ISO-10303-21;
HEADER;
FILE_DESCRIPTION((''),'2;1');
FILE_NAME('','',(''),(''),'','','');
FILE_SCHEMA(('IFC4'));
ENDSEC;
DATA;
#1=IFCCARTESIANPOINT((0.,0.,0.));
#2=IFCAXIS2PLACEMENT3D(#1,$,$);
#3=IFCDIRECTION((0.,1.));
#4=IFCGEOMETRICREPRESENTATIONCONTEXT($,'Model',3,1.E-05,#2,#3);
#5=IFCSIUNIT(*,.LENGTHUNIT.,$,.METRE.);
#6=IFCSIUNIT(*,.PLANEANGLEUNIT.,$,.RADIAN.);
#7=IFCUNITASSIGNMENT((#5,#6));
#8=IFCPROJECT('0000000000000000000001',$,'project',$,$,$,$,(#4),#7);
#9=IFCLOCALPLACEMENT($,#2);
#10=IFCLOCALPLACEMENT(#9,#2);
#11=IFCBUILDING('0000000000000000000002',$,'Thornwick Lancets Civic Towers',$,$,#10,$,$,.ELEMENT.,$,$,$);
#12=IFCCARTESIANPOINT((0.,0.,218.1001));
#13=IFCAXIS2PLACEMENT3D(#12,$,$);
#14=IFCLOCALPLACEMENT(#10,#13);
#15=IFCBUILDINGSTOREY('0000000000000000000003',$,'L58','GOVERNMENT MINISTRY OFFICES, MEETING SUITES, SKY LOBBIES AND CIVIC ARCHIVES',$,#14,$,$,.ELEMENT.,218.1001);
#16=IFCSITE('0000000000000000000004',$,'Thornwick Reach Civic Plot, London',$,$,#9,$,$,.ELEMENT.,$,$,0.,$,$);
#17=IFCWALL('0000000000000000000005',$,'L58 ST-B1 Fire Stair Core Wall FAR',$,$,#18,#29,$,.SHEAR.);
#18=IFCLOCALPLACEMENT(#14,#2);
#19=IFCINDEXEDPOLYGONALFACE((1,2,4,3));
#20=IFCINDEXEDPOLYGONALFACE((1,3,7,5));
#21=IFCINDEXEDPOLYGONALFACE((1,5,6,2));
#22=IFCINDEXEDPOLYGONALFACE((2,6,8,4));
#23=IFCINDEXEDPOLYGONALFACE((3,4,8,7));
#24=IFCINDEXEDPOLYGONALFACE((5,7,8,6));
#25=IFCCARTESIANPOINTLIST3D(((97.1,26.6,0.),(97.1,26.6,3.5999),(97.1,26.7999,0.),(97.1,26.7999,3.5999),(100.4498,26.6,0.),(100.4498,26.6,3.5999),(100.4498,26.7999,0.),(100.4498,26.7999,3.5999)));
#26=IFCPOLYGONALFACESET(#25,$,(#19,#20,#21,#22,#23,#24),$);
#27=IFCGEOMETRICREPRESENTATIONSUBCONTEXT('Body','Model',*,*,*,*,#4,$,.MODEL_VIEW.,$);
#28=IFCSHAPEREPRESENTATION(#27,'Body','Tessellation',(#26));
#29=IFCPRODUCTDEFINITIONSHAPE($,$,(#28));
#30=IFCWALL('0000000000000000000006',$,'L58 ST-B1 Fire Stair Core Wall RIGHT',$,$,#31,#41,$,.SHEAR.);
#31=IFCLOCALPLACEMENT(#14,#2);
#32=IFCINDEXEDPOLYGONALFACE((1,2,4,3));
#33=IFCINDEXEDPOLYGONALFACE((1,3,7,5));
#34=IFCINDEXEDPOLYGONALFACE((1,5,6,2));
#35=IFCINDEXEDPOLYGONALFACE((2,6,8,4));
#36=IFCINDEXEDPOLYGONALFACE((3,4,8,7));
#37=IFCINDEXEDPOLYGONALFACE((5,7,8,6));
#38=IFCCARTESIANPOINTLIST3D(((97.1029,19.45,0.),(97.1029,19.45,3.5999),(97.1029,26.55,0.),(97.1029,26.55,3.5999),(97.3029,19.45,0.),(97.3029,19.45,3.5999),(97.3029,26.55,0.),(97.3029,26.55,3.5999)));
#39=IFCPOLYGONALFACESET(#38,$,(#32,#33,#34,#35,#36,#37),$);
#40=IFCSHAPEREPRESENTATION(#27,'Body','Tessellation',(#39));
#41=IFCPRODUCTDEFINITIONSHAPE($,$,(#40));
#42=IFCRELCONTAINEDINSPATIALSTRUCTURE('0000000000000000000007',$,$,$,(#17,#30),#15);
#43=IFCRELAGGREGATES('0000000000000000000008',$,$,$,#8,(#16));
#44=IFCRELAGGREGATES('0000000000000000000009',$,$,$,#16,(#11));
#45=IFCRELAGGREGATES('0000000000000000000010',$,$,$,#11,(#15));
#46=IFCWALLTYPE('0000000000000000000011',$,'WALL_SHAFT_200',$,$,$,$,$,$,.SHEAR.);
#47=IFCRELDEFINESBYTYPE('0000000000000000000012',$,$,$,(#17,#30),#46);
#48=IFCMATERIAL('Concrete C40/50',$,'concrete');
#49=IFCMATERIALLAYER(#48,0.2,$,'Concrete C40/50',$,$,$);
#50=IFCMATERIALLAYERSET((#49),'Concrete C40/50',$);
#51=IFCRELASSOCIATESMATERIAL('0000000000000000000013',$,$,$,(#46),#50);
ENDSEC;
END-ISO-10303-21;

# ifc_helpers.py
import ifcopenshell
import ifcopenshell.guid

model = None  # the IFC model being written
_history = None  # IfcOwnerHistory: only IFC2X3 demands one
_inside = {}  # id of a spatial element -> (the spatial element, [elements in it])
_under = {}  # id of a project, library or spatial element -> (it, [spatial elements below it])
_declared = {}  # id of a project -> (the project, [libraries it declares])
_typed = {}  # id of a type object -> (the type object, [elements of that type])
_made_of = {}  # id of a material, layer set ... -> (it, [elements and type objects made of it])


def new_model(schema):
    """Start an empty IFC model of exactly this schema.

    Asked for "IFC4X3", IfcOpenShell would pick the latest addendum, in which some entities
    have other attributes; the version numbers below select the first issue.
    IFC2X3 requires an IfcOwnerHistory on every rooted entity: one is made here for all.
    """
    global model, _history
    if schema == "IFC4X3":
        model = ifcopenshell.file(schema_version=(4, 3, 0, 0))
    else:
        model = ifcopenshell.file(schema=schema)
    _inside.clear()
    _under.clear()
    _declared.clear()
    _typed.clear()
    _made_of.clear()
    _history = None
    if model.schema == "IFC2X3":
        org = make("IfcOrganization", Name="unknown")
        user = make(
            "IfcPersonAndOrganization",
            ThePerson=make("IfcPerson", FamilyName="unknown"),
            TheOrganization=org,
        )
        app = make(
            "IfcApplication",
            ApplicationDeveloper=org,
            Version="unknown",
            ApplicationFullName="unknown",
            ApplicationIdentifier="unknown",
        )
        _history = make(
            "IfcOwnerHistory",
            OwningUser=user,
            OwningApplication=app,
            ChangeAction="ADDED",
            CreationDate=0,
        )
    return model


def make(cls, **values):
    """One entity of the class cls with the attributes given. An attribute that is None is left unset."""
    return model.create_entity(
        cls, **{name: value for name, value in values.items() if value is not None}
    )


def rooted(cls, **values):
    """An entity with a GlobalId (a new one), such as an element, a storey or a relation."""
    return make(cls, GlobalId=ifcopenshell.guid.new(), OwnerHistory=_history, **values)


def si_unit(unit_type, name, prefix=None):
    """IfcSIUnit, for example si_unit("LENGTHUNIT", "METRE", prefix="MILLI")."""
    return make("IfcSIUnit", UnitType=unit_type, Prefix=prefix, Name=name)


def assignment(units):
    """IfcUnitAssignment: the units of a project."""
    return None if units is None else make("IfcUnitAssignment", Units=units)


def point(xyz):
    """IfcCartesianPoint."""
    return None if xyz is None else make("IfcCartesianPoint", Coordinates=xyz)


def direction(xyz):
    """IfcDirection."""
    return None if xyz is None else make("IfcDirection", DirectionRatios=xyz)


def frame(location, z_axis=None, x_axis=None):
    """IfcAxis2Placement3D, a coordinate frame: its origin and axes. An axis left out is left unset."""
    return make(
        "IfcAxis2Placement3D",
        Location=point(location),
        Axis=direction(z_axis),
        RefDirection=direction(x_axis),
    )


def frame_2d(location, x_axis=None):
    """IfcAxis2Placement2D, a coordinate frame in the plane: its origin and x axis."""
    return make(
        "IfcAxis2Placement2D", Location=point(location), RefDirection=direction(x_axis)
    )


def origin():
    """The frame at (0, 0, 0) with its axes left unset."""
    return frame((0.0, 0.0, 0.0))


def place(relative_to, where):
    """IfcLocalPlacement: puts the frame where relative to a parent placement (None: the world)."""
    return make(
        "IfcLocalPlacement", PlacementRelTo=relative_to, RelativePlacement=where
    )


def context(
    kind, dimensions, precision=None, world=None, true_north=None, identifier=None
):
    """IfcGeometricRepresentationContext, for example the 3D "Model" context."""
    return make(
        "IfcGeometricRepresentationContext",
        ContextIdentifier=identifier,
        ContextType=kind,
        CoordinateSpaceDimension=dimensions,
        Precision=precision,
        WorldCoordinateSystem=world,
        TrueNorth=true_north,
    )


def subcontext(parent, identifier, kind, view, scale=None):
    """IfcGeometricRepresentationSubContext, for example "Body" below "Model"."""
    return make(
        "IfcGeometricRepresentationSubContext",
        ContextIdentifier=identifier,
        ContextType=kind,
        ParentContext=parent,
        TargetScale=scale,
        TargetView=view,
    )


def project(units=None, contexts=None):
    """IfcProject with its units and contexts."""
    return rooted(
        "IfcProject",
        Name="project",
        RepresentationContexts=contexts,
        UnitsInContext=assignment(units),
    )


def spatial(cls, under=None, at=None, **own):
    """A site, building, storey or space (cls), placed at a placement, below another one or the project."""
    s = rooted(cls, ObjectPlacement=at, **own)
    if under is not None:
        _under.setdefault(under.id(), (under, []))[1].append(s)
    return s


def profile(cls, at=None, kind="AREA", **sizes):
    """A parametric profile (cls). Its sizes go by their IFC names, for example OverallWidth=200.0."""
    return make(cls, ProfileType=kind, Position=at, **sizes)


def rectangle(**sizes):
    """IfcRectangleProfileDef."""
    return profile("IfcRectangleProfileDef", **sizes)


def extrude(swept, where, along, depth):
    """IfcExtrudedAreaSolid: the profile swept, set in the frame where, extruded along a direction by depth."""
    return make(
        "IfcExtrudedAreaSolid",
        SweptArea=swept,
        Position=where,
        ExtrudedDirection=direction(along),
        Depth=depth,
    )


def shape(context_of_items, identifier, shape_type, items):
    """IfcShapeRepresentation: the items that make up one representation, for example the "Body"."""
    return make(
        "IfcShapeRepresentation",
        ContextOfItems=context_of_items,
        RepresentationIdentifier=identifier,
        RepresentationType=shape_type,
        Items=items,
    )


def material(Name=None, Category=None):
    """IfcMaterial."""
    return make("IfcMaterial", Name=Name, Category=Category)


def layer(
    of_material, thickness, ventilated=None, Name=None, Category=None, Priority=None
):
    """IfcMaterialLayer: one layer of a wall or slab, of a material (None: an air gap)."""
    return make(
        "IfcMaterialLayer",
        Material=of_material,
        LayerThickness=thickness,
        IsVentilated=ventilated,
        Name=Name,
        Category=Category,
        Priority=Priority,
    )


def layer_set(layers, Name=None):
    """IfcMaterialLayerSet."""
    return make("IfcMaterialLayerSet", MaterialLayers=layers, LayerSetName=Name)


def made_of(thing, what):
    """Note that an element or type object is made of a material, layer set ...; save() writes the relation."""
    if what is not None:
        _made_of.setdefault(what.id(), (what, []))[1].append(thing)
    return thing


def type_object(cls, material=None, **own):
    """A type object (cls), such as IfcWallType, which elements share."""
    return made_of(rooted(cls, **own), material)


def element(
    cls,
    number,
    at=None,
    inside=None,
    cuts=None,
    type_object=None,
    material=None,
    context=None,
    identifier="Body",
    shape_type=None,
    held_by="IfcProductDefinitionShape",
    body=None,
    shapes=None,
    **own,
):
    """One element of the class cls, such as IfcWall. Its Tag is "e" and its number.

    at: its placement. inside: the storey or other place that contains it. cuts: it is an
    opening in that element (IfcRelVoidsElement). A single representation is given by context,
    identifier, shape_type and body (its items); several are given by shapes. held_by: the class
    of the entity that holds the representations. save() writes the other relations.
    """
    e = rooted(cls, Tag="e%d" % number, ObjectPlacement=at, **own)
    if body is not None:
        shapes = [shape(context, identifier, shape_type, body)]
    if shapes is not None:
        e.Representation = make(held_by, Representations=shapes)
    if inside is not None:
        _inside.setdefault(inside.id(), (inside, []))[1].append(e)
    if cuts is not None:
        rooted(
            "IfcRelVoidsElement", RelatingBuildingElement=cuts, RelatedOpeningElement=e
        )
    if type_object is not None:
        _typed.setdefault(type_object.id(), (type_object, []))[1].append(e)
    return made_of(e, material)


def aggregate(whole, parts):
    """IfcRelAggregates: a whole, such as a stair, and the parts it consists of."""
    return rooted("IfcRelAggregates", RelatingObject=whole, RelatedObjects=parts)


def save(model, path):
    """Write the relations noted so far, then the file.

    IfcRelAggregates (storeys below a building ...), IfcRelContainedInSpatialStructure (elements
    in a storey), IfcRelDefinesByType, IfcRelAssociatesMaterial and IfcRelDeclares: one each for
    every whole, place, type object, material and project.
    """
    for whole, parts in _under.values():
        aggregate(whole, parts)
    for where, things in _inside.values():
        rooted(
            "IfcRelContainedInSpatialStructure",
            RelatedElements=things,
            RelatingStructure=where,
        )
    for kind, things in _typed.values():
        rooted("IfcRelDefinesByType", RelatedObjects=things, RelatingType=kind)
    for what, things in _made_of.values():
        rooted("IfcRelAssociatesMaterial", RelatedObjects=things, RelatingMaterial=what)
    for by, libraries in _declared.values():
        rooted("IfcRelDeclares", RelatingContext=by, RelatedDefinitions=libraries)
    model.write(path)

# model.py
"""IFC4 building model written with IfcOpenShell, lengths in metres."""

from ifc_helpers import new_model, si_unit, direction, frame, frame_2d, origin, place, context, subcontext, project, spatial, rectangle, extrude, material, layer, layer_set, type_object, element, save


model = new_model("IFC4")

# Units and contexts
model_context = context("Model", 3, precision=1e-05, world=origin(), true_north=direction((0.0, 1.0)))
body_context = subcontext(model_context, "Body", "Model", "MODEL_VIEW")
ifc_project = project(units=[si_unit("LENGTHUNIT", "METRE"), si_unit("PLANEANGLEUNIT", "RADIAN")], contexts=[model_context])

# Site, building, storey
site_placement = place(None, origin())
site = spatial("IfcSite", under=ifc_project, at=site_placement, Name="Thornwick Reach Civic Plot, London", CompositionType="ELEMENT", RefElevation=0.0)
building_placement = place(site_placement, origin())
building = spatial("IfcBuilding", under=site, at=building_placement, Name="Thornwick Lancets Civic Towers", CompositionType="ELEMENT")
storey_placement = place(building_placement, frame((0.0, 0.0, 218.1001)))
storey = spatial("IfcBuildingStorey", under=building, at=storey_placement, Name="L58", Description="GOVERNMENT MINISTRY OFFICES, MEETING SUITES, SKY LOBBIES AND CIVIC ARCHIVES", CompositionType="ELEMENT", Elevation=218.1001)

# Shared definitions
ifc_material_1 = material(Name="Concrete C40/50", Category="concrete")

# Walls
ifc_layer_1 = layer(ifc_material_1, 0.2, Name="Concrete C40/50")
ifc_layer_set_1 = layer_set([ifc_layer_1], Name="Concrete C40/50")
wall_type_1 = type_object("IfcWallType", Name="WALL_SHAFT_200", PredefinedType="SHEAR", material=ifc_layer_set_1)
wall_1_placement = place(storey_placement, frame((97.1001, 26.7, 0.0), z_axis=(0.0, 0.0, 1.0), x_axis=(1.0, 0.0, 0.0)))
element("IfcWall", 1, at=wall_1_placement, inside=storey, type_object=wall_type_1, Name="L58 ST-B1 Fire Stair Core Wall FAR", PredefinedType="SHEAR", context=body_context, shape_type="SweptSolid", body=[
    extrude(rectangle(XDim=3.3499, YDim=0.2, at=frame_2d((1.6748, 0.0))), origin(), (0.0, 0.0, 1.0), 3.5999),
])
wall_2_placement = place(storey_placement, frame((97.2029, 26.55, 0.0), z_axis=(0.0, 0.0, 1.0), x_axis=(0.0, -1.0, 0.0)))
element("IfcWall", 2, at=wall_2_placement, inside=storey, type_object=wall_type_1, Name="L58 ST-B1 Fire Stair Core Wall RIGHT", PredefinedType="SHEAR", context=body_context, shape_type="SweptSolid", body=[
    extrude(rectangle(XDim=7.1001, YDim=0.2, at=frame_2d((3.55, 0.0))), origin(), (0.0, 0.0, 1.0), 3.5999),
])

save(model, "model.ifc")
